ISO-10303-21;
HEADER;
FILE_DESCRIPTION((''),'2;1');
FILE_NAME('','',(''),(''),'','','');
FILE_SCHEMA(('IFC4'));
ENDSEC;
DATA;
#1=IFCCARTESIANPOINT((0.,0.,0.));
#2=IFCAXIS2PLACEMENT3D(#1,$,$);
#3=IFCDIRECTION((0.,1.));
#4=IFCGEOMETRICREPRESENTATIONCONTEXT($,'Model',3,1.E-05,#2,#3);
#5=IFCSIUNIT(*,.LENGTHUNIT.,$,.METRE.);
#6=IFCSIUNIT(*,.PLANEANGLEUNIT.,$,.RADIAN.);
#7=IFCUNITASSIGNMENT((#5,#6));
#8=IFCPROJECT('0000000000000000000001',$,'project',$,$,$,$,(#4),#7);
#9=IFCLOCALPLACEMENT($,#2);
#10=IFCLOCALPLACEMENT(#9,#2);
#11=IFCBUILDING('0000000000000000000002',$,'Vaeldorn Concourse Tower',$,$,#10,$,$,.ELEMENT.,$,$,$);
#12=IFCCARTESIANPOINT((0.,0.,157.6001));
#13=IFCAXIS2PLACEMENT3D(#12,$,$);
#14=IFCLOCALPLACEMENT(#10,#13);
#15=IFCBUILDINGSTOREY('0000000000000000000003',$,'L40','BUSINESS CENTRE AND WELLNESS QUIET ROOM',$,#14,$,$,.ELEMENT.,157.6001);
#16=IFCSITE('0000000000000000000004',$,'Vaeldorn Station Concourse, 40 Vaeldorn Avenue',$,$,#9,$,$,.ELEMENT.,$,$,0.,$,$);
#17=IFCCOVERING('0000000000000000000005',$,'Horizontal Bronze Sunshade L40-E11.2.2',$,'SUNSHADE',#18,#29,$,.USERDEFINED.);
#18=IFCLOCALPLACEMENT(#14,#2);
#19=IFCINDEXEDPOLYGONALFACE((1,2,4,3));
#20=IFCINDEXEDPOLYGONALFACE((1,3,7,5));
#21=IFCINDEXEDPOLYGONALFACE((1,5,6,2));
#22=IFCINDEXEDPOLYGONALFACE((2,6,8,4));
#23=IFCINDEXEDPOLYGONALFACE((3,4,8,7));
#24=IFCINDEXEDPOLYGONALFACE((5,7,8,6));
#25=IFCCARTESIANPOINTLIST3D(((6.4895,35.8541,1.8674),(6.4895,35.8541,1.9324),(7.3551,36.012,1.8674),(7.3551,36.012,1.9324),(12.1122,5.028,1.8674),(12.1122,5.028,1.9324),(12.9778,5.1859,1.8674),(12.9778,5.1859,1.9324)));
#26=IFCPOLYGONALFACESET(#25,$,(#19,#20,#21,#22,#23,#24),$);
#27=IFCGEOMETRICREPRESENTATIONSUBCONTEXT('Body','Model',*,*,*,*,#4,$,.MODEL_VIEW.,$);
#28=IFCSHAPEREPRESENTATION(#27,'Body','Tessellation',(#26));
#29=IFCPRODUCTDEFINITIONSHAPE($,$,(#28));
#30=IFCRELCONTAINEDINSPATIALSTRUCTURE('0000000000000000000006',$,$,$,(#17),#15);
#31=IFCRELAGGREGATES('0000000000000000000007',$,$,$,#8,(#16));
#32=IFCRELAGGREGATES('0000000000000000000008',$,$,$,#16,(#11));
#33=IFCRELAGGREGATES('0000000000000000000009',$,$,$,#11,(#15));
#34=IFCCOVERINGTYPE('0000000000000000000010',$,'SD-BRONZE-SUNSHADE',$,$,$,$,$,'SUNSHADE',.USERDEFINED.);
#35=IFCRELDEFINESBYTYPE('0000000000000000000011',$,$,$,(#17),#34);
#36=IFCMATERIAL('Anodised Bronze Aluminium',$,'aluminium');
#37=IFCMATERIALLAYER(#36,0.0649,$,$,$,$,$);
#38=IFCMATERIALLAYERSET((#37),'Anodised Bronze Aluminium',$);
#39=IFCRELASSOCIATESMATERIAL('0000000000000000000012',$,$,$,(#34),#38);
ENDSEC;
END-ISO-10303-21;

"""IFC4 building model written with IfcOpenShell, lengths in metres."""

from ifc_helpers import new_model, si_unit, direction, frame, origin, origin_2d, place, context, subcontext, project, spatial, rectangle, extrude, source, transform, mapped, material, layer, layer_set, type_object, element, save


model = new_model("IFC4")

# Units and contexts
model_context = context("Model", 3, precision=1e-05, world=origin(), true_north=direction((0.0, 1.0)))
body_context = subcontext(model_context, "Body", "Model", "MODEL_VIEW")
ifc_project = project(units=[si_unit("LENGTHUNIT", "METRE"), si_unit("PLANEANGLEUNIT", "RADIAN")], contexts=[model_context])

# Site, building, storey
site_placement = place(None, origin())
site = spatial("IfcSite", under=ifc_project, at=site_placement, Name="Vaeldorn Station Concourse, 40 Vaeldorn Avenue", CompositionType="ELEMENT", RefElevation=0.0)
building_placement = place(site_placement, origin())
building = spatial("IfcBuilding", under=site, at=building_placement, Name="Vaeldorn Concourse Tower", CompositionType="ELEMENT")
storey_placement = place(building_placement, frame((0.0, 0.0, 157.6001)))
storey = spatial("IfcBuildingStorey", under=building, at=storey_placement, Name="L40", Description="BUSINESS CENTRE AND WELLNESS QUIET ROOM", CompositionType="ELEMENT", Elevation=157.6001)

# Shared definitions
ifc_material_1 = material(Name="Anodised Bronze Aluminium", Category="aluminium")

# Covering
ifc_layer_1 = layer(ifc_material_1, 0.0649)
ifc_layer_set_1 = layer_set([ifc_layer_1], Name="Anodised Bronze Aluminium")
covering_type = type_object("IfcCoveringType", Name="SD-BRONZE-SUNSHADE", ElementType="SUNSHADE", PredefinedType="USERDEFINED", material=ifc_layer_set_1)
shared_shape_1 = source(origin(), body_context, "Body", "SweptSolid", [
    extrude(rectangle(XDim=31.3347, YDim=0.8799, at=origin_2d()), origin(), (0.0, 0.0, 1.0), 0.0649),
])
for number, where, z_axis, x_axis, name in (
    (1, (9.7336, 20.52, 1.8674), (0.0, 0.0, 1.0), (0.179438, -0.983769, 0.0), "Horizontal Bronze Sunshade L40-E11.2.2"),
):
    element("IfcCovering", number, at=place(storey_placement, frame(where, z_axis=z_axis, x_axis=x_axis)), inside=storey, type_object=covering_type, Name=name, ObjectType="SUNSHADE", PredefinedType="USERDEFINED", context=body_context, shape_type="MappedRepresentation", body=[
        mapped(shared_shape_1, transform((0.0, 0.0, 0.0), scale=1.0)),
    ])

save(model, "model.ifc")
